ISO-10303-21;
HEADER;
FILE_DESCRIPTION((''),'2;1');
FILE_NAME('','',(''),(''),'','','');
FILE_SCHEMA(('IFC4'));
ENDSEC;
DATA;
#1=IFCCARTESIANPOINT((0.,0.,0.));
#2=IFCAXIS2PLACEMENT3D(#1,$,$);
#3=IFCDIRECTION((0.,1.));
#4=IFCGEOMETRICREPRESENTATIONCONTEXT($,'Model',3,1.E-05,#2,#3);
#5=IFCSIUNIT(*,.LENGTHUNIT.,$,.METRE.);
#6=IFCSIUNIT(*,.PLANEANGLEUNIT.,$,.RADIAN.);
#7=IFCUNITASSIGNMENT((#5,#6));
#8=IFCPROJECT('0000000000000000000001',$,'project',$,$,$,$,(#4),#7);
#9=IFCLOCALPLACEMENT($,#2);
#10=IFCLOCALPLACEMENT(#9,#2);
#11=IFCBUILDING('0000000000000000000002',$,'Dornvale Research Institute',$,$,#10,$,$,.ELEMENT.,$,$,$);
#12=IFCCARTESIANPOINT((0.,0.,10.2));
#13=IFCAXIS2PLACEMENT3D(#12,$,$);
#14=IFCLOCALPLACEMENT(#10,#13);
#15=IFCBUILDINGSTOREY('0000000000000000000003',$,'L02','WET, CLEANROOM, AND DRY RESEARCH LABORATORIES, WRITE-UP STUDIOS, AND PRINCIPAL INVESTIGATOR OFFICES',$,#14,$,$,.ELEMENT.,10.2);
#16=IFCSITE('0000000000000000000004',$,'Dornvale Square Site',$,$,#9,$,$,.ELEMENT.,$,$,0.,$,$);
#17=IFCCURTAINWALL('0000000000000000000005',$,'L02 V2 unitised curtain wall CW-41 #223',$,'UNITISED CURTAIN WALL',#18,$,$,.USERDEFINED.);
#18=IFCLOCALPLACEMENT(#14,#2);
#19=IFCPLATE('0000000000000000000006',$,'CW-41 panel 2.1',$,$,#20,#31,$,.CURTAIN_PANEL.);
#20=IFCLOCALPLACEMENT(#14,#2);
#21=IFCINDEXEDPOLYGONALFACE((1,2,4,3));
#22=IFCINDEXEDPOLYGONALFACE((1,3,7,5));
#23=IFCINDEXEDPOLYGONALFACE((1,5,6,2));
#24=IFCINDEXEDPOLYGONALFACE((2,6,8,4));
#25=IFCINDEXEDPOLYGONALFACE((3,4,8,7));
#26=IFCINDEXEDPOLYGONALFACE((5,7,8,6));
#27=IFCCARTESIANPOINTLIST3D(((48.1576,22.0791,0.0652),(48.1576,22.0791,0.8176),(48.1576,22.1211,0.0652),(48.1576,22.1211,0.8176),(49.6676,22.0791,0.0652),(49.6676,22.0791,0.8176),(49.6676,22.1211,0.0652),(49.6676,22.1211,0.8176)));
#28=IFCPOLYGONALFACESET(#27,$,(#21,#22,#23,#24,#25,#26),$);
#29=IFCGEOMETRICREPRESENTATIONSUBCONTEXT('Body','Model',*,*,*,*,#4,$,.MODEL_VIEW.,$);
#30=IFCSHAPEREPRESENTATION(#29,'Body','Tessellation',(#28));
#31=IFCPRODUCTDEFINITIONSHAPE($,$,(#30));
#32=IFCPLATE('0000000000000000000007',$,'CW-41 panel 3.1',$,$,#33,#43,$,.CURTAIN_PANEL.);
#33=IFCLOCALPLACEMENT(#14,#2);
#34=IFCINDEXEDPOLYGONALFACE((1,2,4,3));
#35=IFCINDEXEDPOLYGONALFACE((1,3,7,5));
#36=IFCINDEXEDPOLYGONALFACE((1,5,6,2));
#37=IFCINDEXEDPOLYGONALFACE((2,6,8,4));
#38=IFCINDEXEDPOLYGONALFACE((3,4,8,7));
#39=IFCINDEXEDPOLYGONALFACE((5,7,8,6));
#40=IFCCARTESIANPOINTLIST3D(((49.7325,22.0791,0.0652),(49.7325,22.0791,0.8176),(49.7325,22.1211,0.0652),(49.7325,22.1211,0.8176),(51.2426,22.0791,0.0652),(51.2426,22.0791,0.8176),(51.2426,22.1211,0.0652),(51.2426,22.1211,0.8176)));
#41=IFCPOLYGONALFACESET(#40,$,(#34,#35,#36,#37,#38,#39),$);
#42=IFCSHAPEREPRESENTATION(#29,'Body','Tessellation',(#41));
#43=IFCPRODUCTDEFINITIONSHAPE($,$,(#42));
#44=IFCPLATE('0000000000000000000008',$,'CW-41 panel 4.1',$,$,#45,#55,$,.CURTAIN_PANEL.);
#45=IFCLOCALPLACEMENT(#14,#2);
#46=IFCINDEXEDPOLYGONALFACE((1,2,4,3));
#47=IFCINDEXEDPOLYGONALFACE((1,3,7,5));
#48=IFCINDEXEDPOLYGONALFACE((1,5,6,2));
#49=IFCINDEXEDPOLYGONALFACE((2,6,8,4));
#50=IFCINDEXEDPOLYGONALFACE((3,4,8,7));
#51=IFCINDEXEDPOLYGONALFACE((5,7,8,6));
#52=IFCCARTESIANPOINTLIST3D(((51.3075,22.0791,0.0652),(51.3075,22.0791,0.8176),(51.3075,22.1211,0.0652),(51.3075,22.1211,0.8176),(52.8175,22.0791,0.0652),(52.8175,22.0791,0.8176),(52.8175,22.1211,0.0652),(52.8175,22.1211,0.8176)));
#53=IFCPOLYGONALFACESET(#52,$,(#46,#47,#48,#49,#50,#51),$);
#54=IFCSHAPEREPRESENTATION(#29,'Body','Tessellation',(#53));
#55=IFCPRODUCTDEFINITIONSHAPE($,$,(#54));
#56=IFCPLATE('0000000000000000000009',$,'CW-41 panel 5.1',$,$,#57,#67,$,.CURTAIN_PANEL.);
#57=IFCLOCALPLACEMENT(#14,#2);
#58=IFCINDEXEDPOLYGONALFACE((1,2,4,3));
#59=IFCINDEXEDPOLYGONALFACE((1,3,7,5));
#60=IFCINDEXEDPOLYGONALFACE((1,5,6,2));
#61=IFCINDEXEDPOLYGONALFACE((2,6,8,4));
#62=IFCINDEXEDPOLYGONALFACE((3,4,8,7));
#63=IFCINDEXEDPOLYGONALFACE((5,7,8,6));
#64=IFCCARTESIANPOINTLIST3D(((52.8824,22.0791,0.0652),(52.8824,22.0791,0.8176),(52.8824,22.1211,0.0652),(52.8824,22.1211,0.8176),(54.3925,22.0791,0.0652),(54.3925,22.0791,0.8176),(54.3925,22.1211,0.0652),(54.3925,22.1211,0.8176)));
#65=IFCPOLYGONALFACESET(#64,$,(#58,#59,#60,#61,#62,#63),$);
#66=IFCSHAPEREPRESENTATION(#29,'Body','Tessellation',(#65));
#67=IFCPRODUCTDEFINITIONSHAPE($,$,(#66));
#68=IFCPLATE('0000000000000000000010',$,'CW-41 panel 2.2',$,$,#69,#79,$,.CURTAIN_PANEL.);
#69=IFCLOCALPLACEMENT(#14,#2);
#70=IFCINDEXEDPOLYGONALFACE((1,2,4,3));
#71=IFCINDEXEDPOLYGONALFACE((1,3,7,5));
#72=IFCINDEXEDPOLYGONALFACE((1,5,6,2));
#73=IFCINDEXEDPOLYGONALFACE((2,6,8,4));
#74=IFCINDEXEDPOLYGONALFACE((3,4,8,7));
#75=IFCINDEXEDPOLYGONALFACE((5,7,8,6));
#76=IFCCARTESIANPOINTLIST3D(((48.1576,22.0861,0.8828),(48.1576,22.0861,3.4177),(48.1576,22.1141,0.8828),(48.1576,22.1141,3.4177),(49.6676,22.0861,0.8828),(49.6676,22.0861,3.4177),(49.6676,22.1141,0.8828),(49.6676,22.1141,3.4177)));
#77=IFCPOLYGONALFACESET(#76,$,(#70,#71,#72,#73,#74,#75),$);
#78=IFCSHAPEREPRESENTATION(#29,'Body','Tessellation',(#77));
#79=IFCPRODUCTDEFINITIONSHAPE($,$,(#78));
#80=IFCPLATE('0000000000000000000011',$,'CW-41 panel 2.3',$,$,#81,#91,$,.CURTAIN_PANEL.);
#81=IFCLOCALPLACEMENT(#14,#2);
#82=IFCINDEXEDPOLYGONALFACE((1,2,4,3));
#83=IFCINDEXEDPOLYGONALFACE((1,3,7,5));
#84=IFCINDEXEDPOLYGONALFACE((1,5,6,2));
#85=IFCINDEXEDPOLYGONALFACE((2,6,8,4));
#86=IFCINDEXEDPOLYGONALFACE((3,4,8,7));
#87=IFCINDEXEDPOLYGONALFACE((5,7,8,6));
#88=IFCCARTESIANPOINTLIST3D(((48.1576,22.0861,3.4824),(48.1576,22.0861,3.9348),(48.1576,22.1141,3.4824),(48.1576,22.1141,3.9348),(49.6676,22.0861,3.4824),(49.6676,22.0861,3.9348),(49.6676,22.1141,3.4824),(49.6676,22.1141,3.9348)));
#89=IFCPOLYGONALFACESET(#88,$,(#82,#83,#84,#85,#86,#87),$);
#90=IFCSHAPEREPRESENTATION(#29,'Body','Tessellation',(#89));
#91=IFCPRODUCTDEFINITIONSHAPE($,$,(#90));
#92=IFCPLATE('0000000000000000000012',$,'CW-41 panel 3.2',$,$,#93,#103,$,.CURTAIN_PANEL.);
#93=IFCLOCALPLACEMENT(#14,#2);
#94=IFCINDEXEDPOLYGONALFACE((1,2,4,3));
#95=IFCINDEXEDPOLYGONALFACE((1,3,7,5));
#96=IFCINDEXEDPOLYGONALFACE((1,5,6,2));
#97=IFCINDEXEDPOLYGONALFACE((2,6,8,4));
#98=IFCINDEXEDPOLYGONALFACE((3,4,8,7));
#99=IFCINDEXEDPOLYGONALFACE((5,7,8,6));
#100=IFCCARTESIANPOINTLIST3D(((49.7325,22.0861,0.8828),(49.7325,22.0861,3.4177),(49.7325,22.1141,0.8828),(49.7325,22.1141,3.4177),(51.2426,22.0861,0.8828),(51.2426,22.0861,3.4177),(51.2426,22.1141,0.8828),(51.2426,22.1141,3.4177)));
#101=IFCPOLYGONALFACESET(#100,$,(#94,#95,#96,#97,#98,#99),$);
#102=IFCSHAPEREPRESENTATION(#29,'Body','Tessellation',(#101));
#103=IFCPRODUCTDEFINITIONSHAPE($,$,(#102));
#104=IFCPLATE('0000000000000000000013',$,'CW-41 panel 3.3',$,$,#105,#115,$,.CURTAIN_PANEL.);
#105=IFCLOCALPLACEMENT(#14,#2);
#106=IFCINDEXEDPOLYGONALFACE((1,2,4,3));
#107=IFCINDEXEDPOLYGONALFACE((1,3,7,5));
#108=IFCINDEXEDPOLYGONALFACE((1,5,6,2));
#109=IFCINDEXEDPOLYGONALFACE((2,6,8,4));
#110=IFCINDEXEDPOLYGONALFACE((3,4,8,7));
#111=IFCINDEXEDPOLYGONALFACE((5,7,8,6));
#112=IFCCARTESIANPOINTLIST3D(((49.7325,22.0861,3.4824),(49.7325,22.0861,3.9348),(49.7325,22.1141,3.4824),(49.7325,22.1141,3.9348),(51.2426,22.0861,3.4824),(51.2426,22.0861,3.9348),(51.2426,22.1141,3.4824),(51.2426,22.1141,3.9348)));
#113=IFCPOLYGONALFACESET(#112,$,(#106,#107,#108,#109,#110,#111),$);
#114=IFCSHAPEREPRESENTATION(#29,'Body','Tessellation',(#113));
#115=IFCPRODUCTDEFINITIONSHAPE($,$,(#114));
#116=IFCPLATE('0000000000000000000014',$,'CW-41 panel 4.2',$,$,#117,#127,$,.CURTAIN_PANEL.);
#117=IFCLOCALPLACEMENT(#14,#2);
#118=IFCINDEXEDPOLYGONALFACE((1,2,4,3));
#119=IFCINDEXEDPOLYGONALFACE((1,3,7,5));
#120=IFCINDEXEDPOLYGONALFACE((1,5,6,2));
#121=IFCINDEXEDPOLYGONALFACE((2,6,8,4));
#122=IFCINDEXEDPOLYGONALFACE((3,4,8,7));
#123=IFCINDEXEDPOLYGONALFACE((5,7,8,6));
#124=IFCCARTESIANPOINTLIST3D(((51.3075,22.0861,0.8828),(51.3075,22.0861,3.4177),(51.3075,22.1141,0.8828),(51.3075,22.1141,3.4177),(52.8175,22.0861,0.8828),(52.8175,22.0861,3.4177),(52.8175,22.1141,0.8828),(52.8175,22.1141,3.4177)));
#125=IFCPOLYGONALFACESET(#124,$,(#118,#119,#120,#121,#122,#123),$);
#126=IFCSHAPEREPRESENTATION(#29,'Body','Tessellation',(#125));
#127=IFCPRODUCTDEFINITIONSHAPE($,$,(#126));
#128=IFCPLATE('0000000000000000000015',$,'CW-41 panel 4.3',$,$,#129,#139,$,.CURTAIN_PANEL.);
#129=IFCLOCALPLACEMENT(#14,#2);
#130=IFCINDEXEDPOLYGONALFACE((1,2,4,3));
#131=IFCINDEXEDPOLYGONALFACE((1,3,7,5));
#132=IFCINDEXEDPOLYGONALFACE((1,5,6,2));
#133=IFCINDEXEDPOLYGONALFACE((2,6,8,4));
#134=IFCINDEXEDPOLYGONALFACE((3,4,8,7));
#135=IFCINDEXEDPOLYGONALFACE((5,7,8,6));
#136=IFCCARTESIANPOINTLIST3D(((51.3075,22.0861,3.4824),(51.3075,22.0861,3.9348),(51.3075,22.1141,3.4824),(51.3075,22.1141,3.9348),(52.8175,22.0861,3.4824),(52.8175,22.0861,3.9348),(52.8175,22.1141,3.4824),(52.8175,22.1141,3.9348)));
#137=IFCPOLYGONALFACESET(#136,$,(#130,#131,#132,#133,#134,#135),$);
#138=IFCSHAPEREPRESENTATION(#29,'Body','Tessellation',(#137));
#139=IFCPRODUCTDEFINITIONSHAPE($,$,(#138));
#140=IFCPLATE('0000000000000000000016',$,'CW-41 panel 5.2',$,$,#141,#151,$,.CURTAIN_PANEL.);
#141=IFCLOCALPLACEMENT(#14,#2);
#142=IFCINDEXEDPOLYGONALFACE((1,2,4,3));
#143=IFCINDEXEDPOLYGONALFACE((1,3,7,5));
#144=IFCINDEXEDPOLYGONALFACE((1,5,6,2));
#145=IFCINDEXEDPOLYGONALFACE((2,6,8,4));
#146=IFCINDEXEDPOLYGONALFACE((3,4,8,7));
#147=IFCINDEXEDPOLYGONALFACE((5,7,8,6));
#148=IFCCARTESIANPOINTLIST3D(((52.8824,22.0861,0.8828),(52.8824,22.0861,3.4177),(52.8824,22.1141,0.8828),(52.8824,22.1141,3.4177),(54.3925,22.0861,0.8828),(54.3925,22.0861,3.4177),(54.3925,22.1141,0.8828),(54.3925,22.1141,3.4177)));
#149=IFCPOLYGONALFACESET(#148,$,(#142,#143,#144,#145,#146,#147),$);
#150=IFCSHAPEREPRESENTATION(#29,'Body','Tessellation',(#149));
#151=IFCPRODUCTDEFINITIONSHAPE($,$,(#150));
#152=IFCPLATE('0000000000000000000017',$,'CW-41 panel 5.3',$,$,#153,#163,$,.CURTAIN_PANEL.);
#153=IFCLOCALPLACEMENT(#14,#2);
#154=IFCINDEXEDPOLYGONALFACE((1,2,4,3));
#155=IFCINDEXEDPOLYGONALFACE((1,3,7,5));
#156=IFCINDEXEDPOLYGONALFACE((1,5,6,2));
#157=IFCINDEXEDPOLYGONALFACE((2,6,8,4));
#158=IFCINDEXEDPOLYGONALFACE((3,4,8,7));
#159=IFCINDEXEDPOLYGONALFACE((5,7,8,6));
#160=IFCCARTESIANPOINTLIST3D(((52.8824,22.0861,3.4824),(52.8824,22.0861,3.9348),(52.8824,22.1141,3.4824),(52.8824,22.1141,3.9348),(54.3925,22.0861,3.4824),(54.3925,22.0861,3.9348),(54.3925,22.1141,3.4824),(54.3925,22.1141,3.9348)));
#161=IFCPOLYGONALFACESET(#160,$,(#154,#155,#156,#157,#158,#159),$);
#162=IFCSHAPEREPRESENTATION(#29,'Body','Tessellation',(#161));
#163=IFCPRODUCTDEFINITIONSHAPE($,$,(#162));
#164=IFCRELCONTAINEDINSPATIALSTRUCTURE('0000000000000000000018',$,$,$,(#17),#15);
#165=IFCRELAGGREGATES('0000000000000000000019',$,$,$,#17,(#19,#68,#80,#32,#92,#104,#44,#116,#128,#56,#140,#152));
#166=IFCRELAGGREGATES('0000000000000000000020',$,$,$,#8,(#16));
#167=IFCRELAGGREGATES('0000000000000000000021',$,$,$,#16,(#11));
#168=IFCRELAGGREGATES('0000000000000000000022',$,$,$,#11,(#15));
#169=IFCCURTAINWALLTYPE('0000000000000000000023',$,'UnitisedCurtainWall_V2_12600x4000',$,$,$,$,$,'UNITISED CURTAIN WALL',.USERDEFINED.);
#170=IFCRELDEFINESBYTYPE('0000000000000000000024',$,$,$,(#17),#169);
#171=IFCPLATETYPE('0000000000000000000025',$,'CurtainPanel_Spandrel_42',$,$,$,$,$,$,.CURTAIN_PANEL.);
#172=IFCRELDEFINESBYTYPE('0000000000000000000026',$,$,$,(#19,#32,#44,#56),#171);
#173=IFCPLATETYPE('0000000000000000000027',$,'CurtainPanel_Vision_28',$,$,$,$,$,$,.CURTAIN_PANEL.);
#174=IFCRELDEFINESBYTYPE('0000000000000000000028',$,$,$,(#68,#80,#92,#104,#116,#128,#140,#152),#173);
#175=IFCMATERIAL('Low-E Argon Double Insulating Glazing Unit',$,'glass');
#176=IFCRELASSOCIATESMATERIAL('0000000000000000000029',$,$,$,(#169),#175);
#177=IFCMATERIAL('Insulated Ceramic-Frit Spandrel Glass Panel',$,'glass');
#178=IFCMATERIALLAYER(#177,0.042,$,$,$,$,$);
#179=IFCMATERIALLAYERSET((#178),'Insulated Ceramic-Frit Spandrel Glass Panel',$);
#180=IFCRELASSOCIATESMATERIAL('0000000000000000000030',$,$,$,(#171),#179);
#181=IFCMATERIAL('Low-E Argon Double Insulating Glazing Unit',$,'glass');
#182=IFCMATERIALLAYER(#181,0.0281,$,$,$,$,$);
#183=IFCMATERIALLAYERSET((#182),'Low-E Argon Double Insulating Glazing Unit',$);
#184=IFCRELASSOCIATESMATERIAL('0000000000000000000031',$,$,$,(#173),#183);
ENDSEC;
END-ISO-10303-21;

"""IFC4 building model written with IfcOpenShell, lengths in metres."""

from ifc_helpers import new_model, si_unit, direction, frame, origin, origin_2d, place, context, subcontext, project, spatial, rectangle, extrude, material, layer, layer_set, type_object, element, aggregate, save


model = new_model("IFC4")

# Units and contexts
model_context = context("Model", 3, precision=1e-05, world=origin(), true_north=direction((0.0, 1.0)))
body_context = subcontext(model_context, "Body", "Model", "MODEL_VIEW")
ifc_project = project(units=[si_unit("LENGTHUNIT", "METRE"), si_unit("PLANEANGLEUNIT", "RADIAN")], contexts=[model_context])

# Site, building, storey
site_placement = place(None, origin())
site = spatial("IfcSite", under=ifc_project, at=site_placement, Name="Dornvale Square Site", CompositionType="ELEMENT", RefElevation=0.0)
building_placement = place(site_placement, origin())
building = spatial("IfcBuilding", under=site, at=building_placement, Name="Dornvale Research Institute", CompositionType="ELEMENT")
storey_placement = place(building_placement, frame((0.0, 0.0, 10.2)))
storey = spatial("IfcBuildingStorey", under=building, at=storey_placement, Name="L02", Description="WET, CLEANROOM, AND DRY RESEARCH LABORATORIES, WRITE-UP STUDIOS, AND PRINCIPAL INVESTIGATOR OFFICES", CompositionType="ELEMENT", Elevation=10.2)

# Curtain wall, plates
ifc_material_1 = material(Name="Low-E Argon Double Insulating Glazing Unit", Category="glass")
curtain_wall_type = type_object("IfcCurtainWallType", Name="UnitisedCurtainWall_V2_12600x4000", ElementType="UNITISED CURTAIN WALL", PredefinedType="USERDEFINED", material=ifc_material_1)
curtain_wall_placement = place(storey_placement, origin())
curtain_wall = element("IfcCurtainWall", 1, at=curtain_wall_placement, inside=storey, type_object=curtain_wall_type, Name="L02 V2 unitised curtain wall CW-41 #223", ObjectType="UNITISED CURTAIN WALL", PredefinedType="USERDEFINED")
ifc_material_2 = material(Name="Insulated Ceramic-Frit Spandrel Glass Panel", Category="glass")
ifc_layer_1 = layer(ifc_material_2, 0.042)
ifc_layer_set_1 = layer_set([ifc_layer_1], Name="Insulated Ceramic-Frit Spandrel Glass Panel")
plate_type_1 = type_object("IfcPlateType", Name="CurtainPanel_Spandrel_42", PredefinedType="CURTAIN_PANEL", material=ifc_layer_set_1)
plate_1_placement = place(storey_placement, frame((48.9126, 22.1001, 0.0652), z_axis=(0.0, 0.0, 1.0), x_axis=(1.0, 0.0, 0.0)))
plate_1 = element("IfcPlate", 2, at=plate_1_placement, type_object=plate_type_1, Name="CW-41 panel 2.1", PredefinedType="CURTAIN_PANEL", context=body_context, shape_type="SweptSolid", body=[
    extrude(rectangle(XDim=1.51, YDim=0.042, at=origin_2d()), origin(), (0.0, 0.0, 1.0), 0.7524),
])
plate_2_placement = place(storey_placement, frame((50.4875, 22.1001, 0.0652), z_axis=(0.0, 0.0, 1.0), x_axis=(1.0, 0.0, 0.0)))
plate_2 = element("IfcPlate", 3, at=plate_2_placement, type_object=plate_type_1, Name="CW-41 panel 3.1", PredefinedType="CURTAIN_PANEL", context=body_context, shape_type="SweptSolid", body=[
    extrude(rectangle(XDim=1.51, YDim=0.042, at=origin_2d()), origin(), (0.0, 0.0, 1.0), 0.7524),
])
plate_3_placement = place(storey_placement, frame((52.0625, 22.1001, 0.0652), z_axis=(0.0, 0.0, 1.0), x_axis=(1.0, 0.0, 0.0)))
plate_3 = element("IfcPlate", 4, at=plate_3_placement, type_object=plate_type_1, Name="CW-41 panel 4.1", PredefinedType="CURTAIN_PANEL", context=body_context, shape_type="SweptSolid", body=[
    extrude(rectangle(XDim=1.51, YDim=0.042, at=origin_2d()), origin(), (0.0, 0.0, 1.0), 0.7524),
])
plate_4_placement = place(storey_placement, frame((53.6375, 22.1001, 0.0652), z_axis=(0.0, 0.0, 1.0), x_axis=(1.0, 0.0, 0.0)))
plate_4 = element("IfcPlate", 5, at=plate_4_placement, type_object=plate_type_1, Name="CW-41 panel 5.1", PredefinedType="CURTAIN_PANEL", context=body_context, shape_type="SweptSolid", body=[
    extrude(rectangle(XDim=1.51, YDim=0.042, at=origin_2d()), origin(), (0.0, 0.0, 1.0), 0.7524),
])
ifc_material_3 = material(Name="Low-E Argon Double Insulating Glazing Unit", Category="glass")
ifc_layer_2 = layer(ifc_material_3, 0.0281)
ifc_layer_set_2 = layer_set([ifc_layer_2], Name="Low-E Argon Double Insulating Glazing Unit")
plate_type_2 = type_object("IfcPlateType", Name="CurtainPanel_Vision_28", PredefinedType="CURTAIN_PANEL", material=ifc_layer_set_2)
plate_5_placement = place(storey_placement, frame((48.9126, 22.1001, 0.8828), z_axis=(0.0, 0.0, 1.0), x_axis=(1.0, 0.0, 0.0)))
plate_5 = element("IfcPlate", 6, at=plate_5_placement, type_object=plate_type_2, Name="CW-41 panel 2.2", PredefinedType="CURTAIN_PANEL", context=body_context, shape_type="SweptSolid", body=[
    extrude(rectangle(XDim=1.51, YDim=0.0281, at=origin_2d()), origin(), (0.0, 0.0, 1.0), 2.5349),
])
plate_6_placement = place(storey_placement, frame((48.9126, 22.1001, 3.4824), z_axis=(0.0, 0.0, 1.0), x_axis=(1.0, 0.0, 0.0)))
plate_6 = element("IfcPlate", 7, at=plate_6_placement, type_object=plate_type_2, Name="CW-41 panel 2.3", PredefinedType="CURTAIN_PANEL", context=body_context, shape_type="SweptSolid", body=[
    extrude(rectangle(XDim=1.51, YDim=0.0281, at=origin_2d()), origin(), (0.0, 0.0, 1.0), 0.4524),
])
plate_7_placement = place(storey_placement, frame((50.4875, 22.1001, 0.8828), z_axis=(0.0, 0.0, 1.0), x_axis=(1.0, 0.0, 0.0)))
plate_7 = element("IfcPlate", 8, at=plate_7_placement, type_object=plate_type_2, Name="CW-41 panel 3.2", PredefinedType="CURTAIN_PANEL", context=body_context, shape_type="SweptSolid", body=[
    extrude(rectangle(XDim=1.51, YDim=0.0281, at=origin_2d()), origin(), (0.0, 0.0, 1.0), 2.5349),
])
plate_8_placement = place(storey_placement, frame((50.4875, 22.1001, 3.4824), z_axis=(0.0, 0.0, 1.0), x_axis=(1.0, 0.0, 0.0)))
plate_8 = element("IfcPlate", 9, at=plate_8_placement, type_object=plate_type_2, Name="CW-41 panel 3.3", PredefinedType="CURTAIN_PANEL", context=body_context, shape_type="SweptSolid", body=[
    extrude(rectangle(XDim=1.51, YDim=0.0281, at=origin_2d()), origin(), (0.0, 0.0, 1.0), 0.4524),
])
plate_9_placement = place(storey_placement, frame((52.0625, 22.1001, 0.8828), z_axis=(0.0, 0.0, 1.0), x_axis=(1.0, 0.0, 0.0)))
plate_9 = element("IfcPlate", 10, at=plate_9_placement, type_object=plate_type_2, Name="CW-41 panel 4.2", PredefinedType="CURTAIN_PANEL", context=body_context, shape_type="SweptSolid", body=[
    extrude(rectangle(XDim=1.51, YDim=0.0281, at=origin_2d()), origin(), (0.0, 0.0, 1.0), 2.5349),
])
plate_10_placement = place(storey_placement, frame((52.0625, 22.1001, 3.4824), z_axis=(0.0, 0.0, 1.0), x_axis=(1.0, 0.0, 0.0)))
plate_10 = element("IfcPlate", 11, at=plate_10_placement, type_object=plate_type_2, Name="CW-41 panel 4.3", PredefinedType="CURTAIN_PANEL", context=body_context, shape_type="SweptSolid", body=[
    extrude(rectangle(XDim=1.51, YDim=0.0281, at=origin_2d()), origin(), (0.0, 0.0, 1.0), 0.4524),
])
plate_11_placement = place(storey_placement, frame((53.6375, 22.1001, 0.8828), z_axis=(0.0, 0.0, 1.0), x_axis=(1.0, 0.0, 0.0)))
plate_11 = element("IfcPlate", 12, at=plate_11_placement, type_object=plate_type_2, Name="CW-41 panel 5.2", PredefinedType="CURTAIN_PANEL", context=body_context, shape_type="SweptSolid", body=[
    extrude(rectangle(XDim=1.51, YDim=0.0281, at=origin_2d()), origin(), (0.0, 0.0, 1.0), 2.5349),
])
plate_12_placement = place(storey_placement, frame((53.6375, 22.1001, 3.4824), z_axis=(0.0, 0.0, 1.0), x_axis=(1.0, 0.0, 0.0)))
plate_12 = element("IfcPlate", 13, at=plate_12_placement, type_object=plate_type_2, Name="CW-41 panel 5.3", PredefinedType="CURTAIN_PANEL", context=body_context, shape_type="SweptSolid", body=[
    extrude(rectangle(XDim=1.51, YDim=0.0281, at=origin_2d()), origin(), (0.0, 0.0, 1.0), 0.4524),
])
aggregate(curtain_wall, [plate_1, plate_5, plate_6, plate_2, plate_7, plate_8, plate_3, plate_9, plate_10, plate_4, plate_11, plate_12])

save(model, "model.ifc")
